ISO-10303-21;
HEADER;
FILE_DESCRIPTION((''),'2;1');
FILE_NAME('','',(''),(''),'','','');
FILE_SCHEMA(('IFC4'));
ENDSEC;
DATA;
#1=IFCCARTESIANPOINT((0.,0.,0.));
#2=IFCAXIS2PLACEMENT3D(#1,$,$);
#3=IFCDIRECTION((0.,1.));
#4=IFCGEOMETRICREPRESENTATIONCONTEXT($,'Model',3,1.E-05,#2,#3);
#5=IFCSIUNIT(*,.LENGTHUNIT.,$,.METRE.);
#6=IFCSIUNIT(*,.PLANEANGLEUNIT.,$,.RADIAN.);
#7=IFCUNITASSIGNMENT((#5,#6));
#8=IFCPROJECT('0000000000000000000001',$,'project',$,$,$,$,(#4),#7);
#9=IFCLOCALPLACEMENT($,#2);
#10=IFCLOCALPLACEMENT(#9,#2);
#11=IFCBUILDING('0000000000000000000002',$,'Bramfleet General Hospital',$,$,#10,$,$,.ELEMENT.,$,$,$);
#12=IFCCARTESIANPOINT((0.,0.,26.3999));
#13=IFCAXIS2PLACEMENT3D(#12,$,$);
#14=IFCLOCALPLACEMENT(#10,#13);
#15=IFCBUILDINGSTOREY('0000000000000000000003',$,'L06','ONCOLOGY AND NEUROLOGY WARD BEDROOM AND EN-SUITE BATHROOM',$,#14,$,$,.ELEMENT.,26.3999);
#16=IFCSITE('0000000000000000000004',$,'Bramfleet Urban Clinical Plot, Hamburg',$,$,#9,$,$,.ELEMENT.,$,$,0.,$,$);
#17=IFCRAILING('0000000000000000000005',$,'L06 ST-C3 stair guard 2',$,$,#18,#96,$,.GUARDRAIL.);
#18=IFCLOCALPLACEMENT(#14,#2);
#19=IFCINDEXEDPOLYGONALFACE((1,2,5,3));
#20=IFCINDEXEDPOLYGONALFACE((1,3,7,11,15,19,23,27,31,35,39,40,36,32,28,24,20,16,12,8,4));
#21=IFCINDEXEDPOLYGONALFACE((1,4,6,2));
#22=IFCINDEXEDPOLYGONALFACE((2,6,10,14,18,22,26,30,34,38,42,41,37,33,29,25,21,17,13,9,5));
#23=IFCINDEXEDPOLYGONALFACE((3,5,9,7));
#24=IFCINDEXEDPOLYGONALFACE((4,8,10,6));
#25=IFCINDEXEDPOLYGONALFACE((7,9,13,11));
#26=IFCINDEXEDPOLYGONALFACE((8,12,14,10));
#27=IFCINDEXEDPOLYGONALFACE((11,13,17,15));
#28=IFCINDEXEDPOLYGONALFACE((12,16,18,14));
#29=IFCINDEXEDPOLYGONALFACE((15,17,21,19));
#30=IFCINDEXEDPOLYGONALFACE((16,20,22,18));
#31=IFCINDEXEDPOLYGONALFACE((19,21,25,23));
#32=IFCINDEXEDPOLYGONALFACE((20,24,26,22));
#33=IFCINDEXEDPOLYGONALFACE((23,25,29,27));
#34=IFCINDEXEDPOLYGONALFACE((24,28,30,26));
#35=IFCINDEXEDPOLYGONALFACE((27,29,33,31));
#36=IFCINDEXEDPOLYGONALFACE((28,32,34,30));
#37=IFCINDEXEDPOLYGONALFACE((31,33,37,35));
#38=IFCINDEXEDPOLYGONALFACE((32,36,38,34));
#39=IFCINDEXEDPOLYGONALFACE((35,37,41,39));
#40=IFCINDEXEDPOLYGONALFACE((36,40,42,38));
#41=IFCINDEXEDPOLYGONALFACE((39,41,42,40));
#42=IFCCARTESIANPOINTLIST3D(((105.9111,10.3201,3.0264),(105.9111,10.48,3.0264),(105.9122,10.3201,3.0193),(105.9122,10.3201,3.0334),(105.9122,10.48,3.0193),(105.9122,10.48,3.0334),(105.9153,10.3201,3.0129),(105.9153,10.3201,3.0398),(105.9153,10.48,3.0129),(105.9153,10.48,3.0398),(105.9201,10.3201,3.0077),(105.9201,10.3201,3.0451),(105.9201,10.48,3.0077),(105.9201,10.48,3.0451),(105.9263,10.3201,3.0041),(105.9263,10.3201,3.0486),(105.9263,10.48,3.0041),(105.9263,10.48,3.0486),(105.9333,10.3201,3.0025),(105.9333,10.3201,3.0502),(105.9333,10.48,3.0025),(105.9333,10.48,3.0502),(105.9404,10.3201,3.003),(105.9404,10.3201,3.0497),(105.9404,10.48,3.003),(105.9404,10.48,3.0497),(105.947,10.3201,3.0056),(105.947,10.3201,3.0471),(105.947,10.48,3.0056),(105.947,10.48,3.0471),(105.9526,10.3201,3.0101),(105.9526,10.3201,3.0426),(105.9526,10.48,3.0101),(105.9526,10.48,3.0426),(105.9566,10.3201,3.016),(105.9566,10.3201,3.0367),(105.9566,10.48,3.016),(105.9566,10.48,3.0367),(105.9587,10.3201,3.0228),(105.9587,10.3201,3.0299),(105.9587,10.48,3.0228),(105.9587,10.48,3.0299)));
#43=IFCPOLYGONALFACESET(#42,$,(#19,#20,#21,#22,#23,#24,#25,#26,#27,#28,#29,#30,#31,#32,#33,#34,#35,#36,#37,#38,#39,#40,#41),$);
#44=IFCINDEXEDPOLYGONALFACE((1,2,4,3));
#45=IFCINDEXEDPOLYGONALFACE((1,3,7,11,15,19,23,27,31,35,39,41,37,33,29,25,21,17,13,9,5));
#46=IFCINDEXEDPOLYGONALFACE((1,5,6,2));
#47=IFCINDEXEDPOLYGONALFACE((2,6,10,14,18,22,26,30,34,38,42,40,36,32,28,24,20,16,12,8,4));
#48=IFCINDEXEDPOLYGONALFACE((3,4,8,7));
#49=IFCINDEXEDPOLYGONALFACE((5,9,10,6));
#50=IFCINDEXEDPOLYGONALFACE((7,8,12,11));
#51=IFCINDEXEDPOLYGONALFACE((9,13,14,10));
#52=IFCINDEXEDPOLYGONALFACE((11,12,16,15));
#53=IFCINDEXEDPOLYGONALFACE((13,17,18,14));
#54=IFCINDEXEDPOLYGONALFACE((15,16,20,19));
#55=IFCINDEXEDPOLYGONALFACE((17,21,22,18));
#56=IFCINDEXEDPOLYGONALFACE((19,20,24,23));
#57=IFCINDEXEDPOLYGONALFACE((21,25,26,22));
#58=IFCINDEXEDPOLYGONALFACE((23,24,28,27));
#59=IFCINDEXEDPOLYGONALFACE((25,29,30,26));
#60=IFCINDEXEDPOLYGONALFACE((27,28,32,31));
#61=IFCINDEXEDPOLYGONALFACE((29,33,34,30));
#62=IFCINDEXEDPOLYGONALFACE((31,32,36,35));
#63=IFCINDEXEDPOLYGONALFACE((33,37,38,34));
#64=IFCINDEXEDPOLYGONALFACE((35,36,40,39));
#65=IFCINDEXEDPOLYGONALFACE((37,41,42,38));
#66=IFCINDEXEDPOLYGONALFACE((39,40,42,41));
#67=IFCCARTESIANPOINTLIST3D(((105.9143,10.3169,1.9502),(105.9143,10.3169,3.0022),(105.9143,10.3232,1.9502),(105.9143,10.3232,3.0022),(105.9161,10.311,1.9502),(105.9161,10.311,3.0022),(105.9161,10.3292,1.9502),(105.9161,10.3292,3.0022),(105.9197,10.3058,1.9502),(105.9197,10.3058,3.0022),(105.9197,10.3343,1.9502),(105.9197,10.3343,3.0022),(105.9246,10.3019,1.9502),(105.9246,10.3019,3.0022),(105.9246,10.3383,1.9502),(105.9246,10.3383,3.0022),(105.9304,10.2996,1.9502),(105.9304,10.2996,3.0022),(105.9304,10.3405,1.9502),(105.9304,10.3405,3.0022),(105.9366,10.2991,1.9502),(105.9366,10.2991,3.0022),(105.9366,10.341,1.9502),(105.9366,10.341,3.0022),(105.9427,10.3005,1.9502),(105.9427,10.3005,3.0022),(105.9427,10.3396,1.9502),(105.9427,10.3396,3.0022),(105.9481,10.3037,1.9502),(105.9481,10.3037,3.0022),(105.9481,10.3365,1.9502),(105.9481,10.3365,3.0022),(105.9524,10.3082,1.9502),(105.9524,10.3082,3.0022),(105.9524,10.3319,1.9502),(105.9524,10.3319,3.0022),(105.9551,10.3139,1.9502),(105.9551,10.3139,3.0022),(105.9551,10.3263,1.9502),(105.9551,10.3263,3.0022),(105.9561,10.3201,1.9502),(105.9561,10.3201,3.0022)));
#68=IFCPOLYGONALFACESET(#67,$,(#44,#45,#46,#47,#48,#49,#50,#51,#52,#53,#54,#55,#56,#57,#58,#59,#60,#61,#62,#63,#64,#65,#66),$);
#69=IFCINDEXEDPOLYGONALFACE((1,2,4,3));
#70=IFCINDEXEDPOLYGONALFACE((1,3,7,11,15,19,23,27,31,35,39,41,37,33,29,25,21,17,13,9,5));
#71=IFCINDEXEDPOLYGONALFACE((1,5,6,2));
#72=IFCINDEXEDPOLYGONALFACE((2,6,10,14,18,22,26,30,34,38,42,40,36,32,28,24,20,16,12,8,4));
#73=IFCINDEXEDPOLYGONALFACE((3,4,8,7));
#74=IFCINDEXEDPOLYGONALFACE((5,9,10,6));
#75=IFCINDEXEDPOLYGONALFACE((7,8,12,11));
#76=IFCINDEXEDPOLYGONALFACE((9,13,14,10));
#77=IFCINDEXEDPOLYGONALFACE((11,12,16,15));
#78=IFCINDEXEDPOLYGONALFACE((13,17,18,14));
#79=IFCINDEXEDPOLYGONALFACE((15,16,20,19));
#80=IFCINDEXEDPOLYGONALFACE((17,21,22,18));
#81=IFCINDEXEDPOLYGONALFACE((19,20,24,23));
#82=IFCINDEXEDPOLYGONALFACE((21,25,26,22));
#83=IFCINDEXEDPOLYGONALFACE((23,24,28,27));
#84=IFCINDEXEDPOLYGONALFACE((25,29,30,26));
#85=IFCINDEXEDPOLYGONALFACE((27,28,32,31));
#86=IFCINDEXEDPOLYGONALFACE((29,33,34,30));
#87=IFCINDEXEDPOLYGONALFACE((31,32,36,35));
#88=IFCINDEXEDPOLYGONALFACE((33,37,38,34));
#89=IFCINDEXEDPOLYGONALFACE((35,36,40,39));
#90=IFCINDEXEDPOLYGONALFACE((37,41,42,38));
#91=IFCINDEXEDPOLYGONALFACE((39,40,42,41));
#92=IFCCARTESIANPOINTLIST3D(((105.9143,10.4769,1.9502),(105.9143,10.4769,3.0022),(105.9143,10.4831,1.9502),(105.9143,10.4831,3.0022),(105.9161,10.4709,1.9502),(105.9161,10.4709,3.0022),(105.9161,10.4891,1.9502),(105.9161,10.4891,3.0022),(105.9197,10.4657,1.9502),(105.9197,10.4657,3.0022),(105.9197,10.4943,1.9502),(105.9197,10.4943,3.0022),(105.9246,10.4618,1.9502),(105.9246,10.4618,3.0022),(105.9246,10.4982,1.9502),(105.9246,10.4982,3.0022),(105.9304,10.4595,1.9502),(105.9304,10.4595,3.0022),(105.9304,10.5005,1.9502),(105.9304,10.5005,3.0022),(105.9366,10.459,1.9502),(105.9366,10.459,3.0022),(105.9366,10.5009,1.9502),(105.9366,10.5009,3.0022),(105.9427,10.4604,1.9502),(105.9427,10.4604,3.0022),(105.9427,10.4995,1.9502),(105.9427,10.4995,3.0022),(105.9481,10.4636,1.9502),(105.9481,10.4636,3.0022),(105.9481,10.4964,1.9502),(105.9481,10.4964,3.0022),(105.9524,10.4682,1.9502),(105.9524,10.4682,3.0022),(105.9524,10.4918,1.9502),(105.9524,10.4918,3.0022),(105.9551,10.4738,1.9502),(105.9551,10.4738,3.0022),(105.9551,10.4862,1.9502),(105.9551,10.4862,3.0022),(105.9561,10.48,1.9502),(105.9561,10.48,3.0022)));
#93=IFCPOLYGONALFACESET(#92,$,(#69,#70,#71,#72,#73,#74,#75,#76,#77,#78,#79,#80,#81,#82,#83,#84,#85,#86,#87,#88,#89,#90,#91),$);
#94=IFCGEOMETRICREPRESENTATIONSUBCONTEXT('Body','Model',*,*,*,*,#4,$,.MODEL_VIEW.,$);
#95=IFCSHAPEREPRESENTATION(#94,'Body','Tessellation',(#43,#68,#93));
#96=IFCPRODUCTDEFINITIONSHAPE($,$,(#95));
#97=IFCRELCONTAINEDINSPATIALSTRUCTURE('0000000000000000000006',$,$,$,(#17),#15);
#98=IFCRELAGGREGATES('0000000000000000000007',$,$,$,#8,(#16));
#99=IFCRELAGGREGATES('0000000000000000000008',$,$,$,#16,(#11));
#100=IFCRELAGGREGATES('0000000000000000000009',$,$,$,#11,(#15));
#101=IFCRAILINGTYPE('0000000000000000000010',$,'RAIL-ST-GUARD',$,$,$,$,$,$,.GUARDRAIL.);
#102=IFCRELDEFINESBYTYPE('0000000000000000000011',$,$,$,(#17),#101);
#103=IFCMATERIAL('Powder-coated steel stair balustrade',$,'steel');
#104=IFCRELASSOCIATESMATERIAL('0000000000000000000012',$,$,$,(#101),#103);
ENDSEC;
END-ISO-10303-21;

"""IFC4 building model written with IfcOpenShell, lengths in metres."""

from ifc_helpers import new_model, si_unit, direction, frame, origin, origin_2d, place, context, subcontext, project, spatial, circle, extrude, material, type_object, element, save


model = new_model("IFC4")

# Units and contexts
model_context = context("Model", 3, precision=1e-05, world=origin(), true_north=direction((0.0, 1.0)))
body_context = subcontext(model_context, "Body", "Model", "MODEL_VIEW")
ifc_project = project(units=[si_unit("LENGTHUNIT", "METRE"), si_unit("PLANEANGLEUNIT", "RADIAN")], contexts=[model_context])

# Site, building, storey
site_placement = place(None, origin())
site = spatial("IfcSite", under=ifc_project, at=site_placement, Name="Bramfleet Urban Clinical Plot, Hamburg", CompositionType="ELEMENT", RefElevation=0.0)
building_placement = place(site_placement, origin())
building = spatial("IfcBuilding", under=site, at=building_placement, Name="Bramfleet General Hospital", CompositionType="ELEMENT")
storey_placement = place(building_placement, frame((0.0, 0.0, 26.3999)))
storey = spatial("IfcBuildingStorey", under=building, at=storey_placement, Name="L06", Description="ONCOLOGY AND NEUROLOGY WARD BEDROOM AND EN-SUITE BATHROOM", CompositionType="ELEMENT", Elevation=26.3999)

# Railing
ifc_material_1 = material(Name="Powder-coated steel stair balustrade", Category="steel")
railing_type_1 = type_object("IfcRailingType", Name="RAIL-ST-GUARD", PredefinedType="GUARDRAIL", material=ifc_material_1)
railing_1_placement = place(storey_placement, frame((105.9351, 10.3201, 1.9502)))
element("IfcRailing", 1, at=railing_1_placement, inside=storey, type_object=railing_type_1, Name="L06 ST-C3 stair guard 2", PredefinedType="GUARDRAIL", context=body_context, shape_type="SweptSolid", body=[
    extrude(circle(Radius=0.0239, at=origin_2d()), frame((0.0, 0.0, 1.0762), z_axis=(0.0, 1.0, 0.0), x_axis=(-1.0, 0.0, 0.0)), (0.0, 0.0, 1.0), 0.1599),
    extrude(circle(Radius=0.021, at=origin_2d()), origin(), (0.0, 0.0, 1.0), 1.052),
    extrude(circle(Radius=0.021, at=origin_2d()), frame((0.0, 0.1599, 0.0)), (0.0, 0.0, 1.0), 1.052),
])

save(model, "model.ifc")
